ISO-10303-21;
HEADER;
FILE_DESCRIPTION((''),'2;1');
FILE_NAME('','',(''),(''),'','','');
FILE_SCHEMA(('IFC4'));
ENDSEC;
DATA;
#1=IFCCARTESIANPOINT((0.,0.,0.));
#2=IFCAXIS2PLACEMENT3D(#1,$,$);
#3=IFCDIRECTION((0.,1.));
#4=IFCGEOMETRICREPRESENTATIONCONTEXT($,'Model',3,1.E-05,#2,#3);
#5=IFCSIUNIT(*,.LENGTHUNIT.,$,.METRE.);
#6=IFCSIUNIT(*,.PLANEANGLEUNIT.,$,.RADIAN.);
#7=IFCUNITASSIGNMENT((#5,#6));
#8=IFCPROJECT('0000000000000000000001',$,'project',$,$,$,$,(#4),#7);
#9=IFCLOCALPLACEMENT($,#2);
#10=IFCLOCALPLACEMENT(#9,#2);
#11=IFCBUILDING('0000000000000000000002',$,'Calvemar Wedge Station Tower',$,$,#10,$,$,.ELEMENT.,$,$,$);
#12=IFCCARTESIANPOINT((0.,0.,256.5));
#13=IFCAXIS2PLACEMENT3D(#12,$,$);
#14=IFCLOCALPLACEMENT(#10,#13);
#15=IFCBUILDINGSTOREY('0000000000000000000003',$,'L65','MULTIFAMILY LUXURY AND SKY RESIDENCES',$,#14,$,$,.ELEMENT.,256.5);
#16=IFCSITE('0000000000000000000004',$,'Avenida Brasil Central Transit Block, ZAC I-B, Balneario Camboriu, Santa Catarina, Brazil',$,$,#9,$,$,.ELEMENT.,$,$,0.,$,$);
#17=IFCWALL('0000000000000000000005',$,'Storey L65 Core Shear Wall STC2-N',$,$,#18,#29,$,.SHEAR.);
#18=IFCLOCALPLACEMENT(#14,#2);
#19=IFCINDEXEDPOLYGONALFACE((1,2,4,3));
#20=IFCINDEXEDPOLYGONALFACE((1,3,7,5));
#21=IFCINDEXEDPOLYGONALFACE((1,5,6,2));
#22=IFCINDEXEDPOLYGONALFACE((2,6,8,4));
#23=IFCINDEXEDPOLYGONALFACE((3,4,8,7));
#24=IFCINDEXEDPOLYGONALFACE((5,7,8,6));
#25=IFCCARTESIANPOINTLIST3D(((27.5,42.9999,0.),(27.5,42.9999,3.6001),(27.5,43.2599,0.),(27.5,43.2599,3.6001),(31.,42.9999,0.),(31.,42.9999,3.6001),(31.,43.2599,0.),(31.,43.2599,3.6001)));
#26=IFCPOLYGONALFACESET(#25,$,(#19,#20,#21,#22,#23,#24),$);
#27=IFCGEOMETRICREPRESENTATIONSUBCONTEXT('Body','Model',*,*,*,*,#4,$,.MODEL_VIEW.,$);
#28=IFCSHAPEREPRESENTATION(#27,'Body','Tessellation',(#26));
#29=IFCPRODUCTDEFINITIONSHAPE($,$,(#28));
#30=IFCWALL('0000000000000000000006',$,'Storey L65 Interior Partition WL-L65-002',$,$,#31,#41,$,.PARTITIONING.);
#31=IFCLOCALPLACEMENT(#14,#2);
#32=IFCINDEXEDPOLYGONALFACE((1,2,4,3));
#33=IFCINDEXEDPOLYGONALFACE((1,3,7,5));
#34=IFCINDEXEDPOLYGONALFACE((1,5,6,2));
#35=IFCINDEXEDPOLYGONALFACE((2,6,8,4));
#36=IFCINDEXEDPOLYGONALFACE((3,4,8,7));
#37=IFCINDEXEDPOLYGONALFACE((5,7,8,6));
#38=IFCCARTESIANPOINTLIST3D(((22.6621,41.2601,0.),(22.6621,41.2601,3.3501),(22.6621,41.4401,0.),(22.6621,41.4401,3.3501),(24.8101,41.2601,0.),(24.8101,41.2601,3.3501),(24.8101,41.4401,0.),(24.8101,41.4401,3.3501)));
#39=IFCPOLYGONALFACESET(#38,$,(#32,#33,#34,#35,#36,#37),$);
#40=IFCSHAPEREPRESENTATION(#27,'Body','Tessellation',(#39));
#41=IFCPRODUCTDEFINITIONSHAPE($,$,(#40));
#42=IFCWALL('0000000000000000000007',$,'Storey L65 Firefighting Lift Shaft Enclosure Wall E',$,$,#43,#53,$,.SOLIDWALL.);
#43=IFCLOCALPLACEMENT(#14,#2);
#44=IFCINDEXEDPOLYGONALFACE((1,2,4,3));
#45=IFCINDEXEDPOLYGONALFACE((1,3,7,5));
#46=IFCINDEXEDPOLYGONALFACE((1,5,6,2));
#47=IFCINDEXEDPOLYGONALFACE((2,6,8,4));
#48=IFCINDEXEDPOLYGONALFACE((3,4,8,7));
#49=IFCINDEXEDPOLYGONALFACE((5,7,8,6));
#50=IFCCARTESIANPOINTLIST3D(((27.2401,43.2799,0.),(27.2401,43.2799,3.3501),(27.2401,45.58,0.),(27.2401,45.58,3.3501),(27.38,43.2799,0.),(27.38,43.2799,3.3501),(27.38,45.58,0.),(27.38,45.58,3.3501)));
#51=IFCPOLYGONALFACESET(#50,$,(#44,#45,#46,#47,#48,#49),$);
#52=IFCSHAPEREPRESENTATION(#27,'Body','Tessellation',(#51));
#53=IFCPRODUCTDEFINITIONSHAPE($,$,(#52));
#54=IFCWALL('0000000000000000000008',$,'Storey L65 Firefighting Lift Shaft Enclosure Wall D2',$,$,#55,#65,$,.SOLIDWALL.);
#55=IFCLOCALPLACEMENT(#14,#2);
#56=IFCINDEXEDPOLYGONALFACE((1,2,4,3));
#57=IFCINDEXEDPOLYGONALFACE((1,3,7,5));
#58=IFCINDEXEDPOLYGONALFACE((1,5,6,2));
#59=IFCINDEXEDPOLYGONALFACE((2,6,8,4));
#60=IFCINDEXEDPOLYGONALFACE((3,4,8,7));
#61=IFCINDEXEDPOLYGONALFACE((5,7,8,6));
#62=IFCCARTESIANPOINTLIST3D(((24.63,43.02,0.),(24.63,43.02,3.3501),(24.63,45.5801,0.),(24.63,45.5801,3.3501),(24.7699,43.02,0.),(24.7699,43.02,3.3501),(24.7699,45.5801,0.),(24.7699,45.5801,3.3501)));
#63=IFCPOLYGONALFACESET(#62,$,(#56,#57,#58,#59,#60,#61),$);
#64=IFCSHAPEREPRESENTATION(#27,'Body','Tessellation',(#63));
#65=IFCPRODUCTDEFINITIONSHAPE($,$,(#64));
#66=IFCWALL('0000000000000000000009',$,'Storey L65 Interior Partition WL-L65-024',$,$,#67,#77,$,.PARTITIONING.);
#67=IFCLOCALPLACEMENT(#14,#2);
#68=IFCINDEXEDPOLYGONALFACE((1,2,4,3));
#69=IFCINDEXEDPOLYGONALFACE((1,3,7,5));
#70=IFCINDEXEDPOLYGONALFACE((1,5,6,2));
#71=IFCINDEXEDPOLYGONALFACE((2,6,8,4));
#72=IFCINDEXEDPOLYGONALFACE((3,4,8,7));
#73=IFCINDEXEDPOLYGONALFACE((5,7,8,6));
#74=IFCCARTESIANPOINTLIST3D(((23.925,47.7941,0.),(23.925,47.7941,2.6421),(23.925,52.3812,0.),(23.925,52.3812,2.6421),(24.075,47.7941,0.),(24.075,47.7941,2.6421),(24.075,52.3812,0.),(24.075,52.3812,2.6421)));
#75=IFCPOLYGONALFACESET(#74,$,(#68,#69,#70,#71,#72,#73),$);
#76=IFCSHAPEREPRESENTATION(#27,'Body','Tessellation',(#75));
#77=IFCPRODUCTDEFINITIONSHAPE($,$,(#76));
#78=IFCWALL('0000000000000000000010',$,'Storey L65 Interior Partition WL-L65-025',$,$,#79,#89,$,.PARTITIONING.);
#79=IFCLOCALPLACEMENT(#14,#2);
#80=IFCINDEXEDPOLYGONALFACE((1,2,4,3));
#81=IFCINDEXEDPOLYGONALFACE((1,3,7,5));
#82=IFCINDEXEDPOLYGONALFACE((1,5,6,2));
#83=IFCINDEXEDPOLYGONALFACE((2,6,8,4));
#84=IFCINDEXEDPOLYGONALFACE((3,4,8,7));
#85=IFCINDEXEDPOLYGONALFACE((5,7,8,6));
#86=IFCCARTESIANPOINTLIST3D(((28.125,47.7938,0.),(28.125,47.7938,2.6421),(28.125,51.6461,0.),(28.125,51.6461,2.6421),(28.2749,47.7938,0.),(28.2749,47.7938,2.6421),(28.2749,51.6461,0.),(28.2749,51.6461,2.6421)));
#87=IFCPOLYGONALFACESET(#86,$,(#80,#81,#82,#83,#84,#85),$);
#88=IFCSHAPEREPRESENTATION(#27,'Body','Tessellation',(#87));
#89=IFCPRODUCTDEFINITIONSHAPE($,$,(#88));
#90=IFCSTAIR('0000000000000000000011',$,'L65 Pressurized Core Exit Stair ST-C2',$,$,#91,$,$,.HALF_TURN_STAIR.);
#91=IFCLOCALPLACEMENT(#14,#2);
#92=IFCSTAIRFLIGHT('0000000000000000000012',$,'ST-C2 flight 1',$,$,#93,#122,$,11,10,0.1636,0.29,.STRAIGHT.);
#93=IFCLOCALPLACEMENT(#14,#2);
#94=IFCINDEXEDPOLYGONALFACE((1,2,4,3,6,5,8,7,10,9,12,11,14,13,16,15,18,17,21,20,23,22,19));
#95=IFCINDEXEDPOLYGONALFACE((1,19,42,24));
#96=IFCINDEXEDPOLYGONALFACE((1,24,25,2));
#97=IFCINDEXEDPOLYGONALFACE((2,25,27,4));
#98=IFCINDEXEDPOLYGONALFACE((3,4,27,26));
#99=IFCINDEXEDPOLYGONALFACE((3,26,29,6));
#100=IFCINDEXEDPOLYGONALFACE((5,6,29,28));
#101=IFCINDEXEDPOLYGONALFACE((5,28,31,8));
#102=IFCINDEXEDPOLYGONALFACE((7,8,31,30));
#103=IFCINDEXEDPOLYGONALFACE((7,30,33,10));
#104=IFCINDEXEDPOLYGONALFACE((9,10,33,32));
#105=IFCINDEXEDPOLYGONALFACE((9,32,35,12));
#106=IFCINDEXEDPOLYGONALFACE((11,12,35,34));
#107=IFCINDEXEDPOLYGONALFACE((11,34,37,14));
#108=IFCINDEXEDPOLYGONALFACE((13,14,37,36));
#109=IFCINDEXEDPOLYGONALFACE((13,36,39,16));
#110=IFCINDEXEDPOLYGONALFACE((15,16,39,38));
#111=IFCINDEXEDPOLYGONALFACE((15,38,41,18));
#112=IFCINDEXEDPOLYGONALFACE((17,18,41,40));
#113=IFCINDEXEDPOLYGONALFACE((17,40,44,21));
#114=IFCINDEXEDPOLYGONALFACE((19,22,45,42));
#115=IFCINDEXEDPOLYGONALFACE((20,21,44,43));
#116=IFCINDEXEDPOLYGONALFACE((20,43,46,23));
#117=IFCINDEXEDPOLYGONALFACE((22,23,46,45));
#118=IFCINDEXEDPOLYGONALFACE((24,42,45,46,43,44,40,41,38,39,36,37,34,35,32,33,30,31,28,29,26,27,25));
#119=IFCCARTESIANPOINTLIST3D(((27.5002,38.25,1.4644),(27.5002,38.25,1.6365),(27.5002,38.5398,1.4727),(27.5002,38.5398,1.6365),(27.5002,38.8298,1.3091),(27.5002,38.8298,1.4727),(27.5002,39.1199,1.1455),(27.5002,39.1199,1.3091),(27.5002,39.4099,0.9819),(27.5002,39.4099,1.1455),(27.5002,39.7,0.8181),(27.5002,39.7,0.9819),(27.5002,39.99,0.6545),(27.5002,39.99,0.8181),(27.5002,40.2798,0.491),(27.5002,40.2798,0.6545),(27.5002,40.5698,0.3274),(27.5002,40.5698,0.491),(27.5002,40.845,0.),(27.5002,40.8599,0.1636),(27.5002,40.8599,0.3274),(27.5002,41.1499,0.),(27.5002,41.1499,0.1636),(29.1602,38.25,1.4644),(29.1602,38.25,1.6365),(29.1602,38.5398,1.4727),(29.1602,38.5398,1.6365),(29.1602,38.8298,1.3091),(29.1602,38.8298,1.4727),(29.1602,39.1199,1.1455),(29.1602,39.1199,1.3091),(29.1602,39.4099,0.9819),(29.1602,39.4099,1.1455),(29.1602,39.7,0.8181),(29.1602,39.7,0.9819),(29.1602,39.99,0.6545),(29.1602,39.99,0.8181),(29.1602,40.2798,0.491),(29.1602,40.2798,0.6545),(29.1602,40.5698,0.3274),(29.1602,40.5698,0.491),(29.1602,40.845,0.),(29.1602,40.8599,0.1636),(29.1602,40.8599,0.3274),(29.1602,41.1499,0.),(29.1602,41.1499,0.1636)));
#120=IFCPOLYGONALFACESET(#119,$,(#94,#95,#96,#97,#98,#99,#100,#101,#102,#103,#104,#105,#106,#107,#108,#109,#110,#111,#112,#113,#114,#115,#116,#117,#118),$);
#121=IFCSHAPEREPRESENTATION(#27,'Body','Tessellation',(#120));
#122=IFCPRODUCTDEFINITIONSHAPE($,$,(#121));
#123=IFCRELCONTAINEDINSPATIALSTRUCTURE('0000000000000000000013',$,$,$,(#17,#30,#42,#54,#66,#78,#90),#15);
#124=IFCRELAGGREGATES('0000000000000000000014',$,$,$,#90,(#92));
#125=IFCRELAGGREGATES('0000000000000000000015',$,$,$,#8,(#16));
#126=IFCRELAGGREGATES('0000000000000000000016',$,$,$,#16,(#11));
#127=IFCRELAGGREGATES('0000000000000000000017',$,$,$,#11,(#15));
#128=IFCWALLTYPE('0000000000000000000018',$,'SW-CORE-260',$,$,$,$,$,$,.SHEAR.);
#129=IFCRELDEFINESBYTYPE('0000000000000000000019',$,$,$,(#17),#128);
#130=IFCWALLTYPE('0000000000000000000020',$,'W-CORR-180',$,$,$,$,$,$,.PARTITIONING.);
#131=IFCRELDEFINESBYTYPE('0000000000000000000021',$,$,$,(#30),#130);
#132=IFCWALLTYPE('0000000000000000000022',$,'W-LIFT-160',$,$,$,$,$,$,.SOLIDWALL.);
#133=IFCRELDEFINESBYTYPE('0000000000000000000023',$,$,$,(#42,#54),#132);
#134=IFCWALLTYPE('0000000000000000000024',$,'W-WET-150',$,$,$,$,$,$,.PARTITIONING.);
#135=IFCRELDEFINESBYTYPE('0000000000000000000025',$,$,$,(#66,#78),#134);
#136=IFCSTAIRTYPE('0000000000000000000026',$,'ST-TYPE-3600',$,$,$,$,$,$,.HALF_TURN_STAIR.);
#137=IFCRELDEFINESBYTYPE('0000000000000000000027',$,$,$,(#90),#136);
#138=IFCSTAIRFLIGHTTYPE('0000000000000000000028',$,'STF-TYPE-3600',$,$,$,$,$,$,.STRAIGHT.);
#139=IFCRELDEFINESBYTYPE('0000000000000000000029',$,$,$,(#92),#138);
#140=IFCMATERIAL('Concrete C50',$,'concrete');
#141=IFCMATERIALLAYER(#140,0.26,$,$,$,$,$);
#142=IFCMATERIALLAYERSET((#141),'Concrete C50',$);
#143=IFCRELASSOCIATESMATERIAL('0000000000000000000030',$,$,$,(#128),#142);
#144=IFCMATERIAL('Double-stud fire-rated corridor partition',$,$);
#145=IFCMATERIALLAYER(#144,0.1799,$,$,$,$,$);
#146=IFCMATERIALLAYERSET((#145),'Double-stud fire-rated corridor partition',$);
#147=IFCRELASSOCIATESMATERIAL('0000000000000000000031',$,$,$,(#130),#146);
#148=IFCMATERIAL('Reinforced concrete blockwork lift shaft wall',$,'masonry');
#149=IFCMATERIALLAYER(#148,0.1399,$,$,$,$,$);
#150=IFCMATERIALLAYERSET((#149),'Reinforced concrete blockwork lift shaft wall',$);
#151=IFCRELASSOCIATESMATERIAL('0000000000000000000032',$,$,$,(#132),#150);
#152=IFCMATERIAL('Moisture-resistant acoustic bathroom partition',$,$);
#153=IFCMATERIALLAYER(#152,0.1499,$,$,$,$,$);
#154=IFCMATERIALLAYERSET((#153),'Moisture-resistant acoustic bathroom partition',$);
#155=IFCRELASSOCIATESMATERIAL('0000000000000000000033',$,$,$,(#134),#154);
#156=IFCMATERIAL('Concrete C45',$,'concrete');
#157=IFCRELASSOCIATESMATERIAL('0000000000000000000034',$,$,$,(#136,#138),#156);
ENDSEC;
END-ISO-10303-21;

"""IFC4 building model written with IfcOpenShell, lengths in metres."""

from ifc_helpers import new_model, si_unit, direction, frame, frame_2d, origin, place, context, subcontext, project, spatial, polyline, rectangle, outline, extrude, material, layer, layer_set, type_object, element, aggregate, save


model = new_model("IFC4")

# Units and contexts
model_context = context("Model", 3, precision=1e-05, world=origin(), true_north=direction((0.0, 1.0)))
body_context = subcontext(model_context, "Body", "Model", "MODEL_VIEW")
ifc_project = project(units=[si_unit("LENGTHUNIT", "METRE"), si_unit("PLANEANGLEUNIT", "RADIAN")], contexts=[model_context])

# Site, building, storey
site_placement = place(None, origin())
site = spatial("IfcSite", under=ifc_project, at=site_placement, Name="Avenida Brasil Central Transit Block, ZAC I-B, Balneario Camboriu, Santa Catarina, Brazil", CompositionType="ELEMENT", RefElevation=0.0)
building_placement = place(site_placement, origin())
building = spatial("IfcBuilding", under=site, at=building_placement, Name="Calvemar Wedge Station Tower", CompositionType="ELEMENT")
storey_placement = place(building_placement, frame((0.0, 0.0, 256.5)))
storey = spatial("IfcBuildingStorey", under=building, at=storey_placement, Name="L65", Description="MULTIFAMILY LUXURY AND SKY RESIDENCES", CompositionType="ELEMENT", Elevation=256.5)

# Shared definitions
ifc_material_1 = material(Name="Concrete C50", Category="concrete")

# Walls
ifc_layer_1 = layer(ifc_material_1, 0.26)
ifc_layer_set_1 = layer_set([ifc_layer_1], Name="Concrete C50")
wall_type_1 = type_object("IfcWallType", Name="SW-CORE-260", PredefinedType="SHEAR", material=ifc_layer_set_1)
wall_1_placement = place(storey_placement, frame((27.5, 43.1299, 0.0), z_axis=(0.0, 0.0, 1.0), x_axis=(1.0, 0.0, 0.0)))
element("IfcWall", 1, at=wall_1_placement, inside=storey, type_object=wall_type_1, Name="Storey L65 Core Shear Wall STC2-N", PredefinedType="SHEAR", context=body_context, shape_type="SweptSolid", body=[
    extrude(rectangle(XDim=3.5, YDim=0.26, at=frame_2d((1.75, 0.0))), origin(), (0.0, 0.0, 1.0), 3.6001),
])
ifc_material_2 = material(Name="Double-stud fire-rated corridor partition")
ifc_layer_2 = layer(ifc_material_2, 0.1799)
ifc_layer_set_2 = layer_set([ifc_layer_2], Name="Double-stud fire-rated corridor partition")
wall_type_2 = type_object("IfcWallType", Name="W-CORR-180", PredefinedType="PARTITIONING", material=ifc_layer_set_2)
wall_2_placement = place(storey_placement, frame((24.8101, 41.3501, 0.0), z_axis=(0.0, 0.0, 1.0), x_axis=(-1.0, 0.0, 0.0)))
element("IfcWall", 2, at=wall_2_placement, inside=storey, type_object=wall_type_2, Name="Storey L65 Interior Partition WL-L65-002", PredefinedType="PARTITIONING", context=body_context, shape_type="SweptSolid", body=[
    extrude(rectangle(XDim=2.1479, YDim=0.1799, at=frame_2d((1.074, 0.0))), origin(), (0.0, 0.0, 1.0), 3.3501),
])

# Walls
ifc_material_3 = material(Name="Reinforced concrete blockwork lift shaft wall", Category="masonry")
ifc_layer_3 = layer(ifc_material_3, 0.1399)
ifc_layer_set_3 = layer_set([ifc_layer_3], Name="Reinforced concrete blockwork lift shaft wall")
wall_type_3 = type_object("IfcWallType", Name="W-LIFT-160", PredefinedType="SOLIDWALL", material=ifc_layer_set_3)
wall_3_placement = place(storey_placement, frame((27.3101, 43.28, 0.0), z_axis=(0.0, 0.0, 1.0), x_axis=(0.0, 1.0, 0.0)))
element("IfcWall", 3, at=wall_3_placement, inside=storey, type_object=wall_type_3, Name="Storey L65 Firefighting Lift Shaft Enclosure Wall E", PredefinedType="SOLIDWALL", context=body_context, shape_type="SweptSolid", body=[
    extrude(rectangle(XDim=2.3, YDim=0.1399, at=frame_2d((1.1499, 0.0))), origin(), (0.0, 0.0, 1.0), 3.3501),
])
wall_4_placement = place(storey_placement, frame((24.7, 43.02, 0.0), z_axis=(0.0, 0.0, 1.0), x_axis=(0.0, 1.0, 0.0)))
element("IfcWall", 4, at=wall_4_placement, inside=storey, type_object=wall_type_3, Name="Storey L65 Firefighting Lift Shaft Enclosure Wall D2", PredefinedType="SOLIDWALL", context=body_context, shape_type="SweptSolid", body=[
    extrude(rectangle(XDim=2.5601, YDim=0.1399, at=frame_2d((1.28, 0.0))), origin(), (0.0, 0.0, 1.0), 3.3501),
])
ifc_material_4 = material(Name="Moisture-resistant acoustic bathroom partition")
ifc_layer_4 = layer(ifc_material_4, 0.1499)
ifc_layer_set_4 = layer_set([ifc_layer_4], Name="Moisture-resistant acoustic bathroom partition")
wall_type_4 = type_object("IfcWallType", Name="W-WET-150", PredefinedType="PARTITIONING", material=ifc_layer_set_4)
wall_5_placement = place(storey_placement, frame((24.0, 52.3811, 0.0), z_axis=(0.0, 0.0, 1.0), x_axis=(0.0, -1.0, 0.0)))
element("IfcWall", 5, at=wall_5_placement, inside=storey, type_object=wall_type_4, Name="Storey L65 Interior Partition WL-L65-024", PredefinedType="PARTITIONING", context=body_context, shape_type="SweptSolid", body=[
    extrude(rectangle(XDim=4.5872, YDim=0.1499, at=frame_2d((2.2935, 0.0))), origin(), (0.0, 0.0, 1.0), 2.6421),
])
wall_6_placement = place(storey_placement, frame((28.2, 51.6462, 0.0), z_axis=(0.0, 0.0, 1.0), x_axis=(0.0, -1.0, 0.0)))
element("IfcWall", 6, at=wall_6_placement, inside=storey, type_object=wall_type_4, Name="Storey L65 Interior Partition WL-L65-025", PredefinedType="PARTITIONING", context=body_context, shape_type="SweptSolid", body=[
    extrude(rectangle(XDim=3.8523, YDim=0.1499, at=frame_2d((1.9263, 0.0))), origin(), (0.0, 0.0, 1.0), 2.6421),
])

# Stair, stair flight
ifc_material_5 = material(Name="Concrete C45", Category="concrete")
stair_type = type_object("IfcStairType", Name="ST-TYPE-3600", PredefinedType="HALF_TURN_STAIR", material=ifc_material_5)
stair_placement = place(storey_placement, origin())
stair = element("IfcStair", 7, at=stair_placement, inside=storey, type_object=stair_type, Name="L65 Pressurized Core Exit Stair ST-C2", PredefinedType="HALF_TURN_STAIR")
stair_flight_type = type_object("IfcStairFlightType", Name="STF-TYPE-3600", PredefinedType="STRAIGHT", material=ifc_material_5)
stair_flight_placement = place(storey_placement, frame((28.3301, 41.1499, 0.0), z_axis=(0.0, 0.0, 1.0), x_axis=(0.0, -1.0, 0.0)))
stair_flight = element("IfcStairFlight", 8, at=stair_flight_placement, type_object=stair_flight_type, Name="ST-C2 flight 1", NumberOfRisers=11, NumberOfTreads=10, PredefinedType="STRAIGHT", RiserHeight=0.1636, TreadLength=0.29, context=body_context, shape_type="SweptSolid", body=[
    extrude(outline(polyline([(0.0, 0.0), (0.0, 0.1636), (0.29, 0.1636), (0.29, 0.3274), (0.5801, 0.3274), (0.5801, 0.491), (0.8701, 0.491), (0.8701, 0.6545), (1.1599, 0.6545), (1.1599, 0.8181), (1.45, 0.8181), (1.45, 0.9819), (1.74, 0.9819), (1.74, 1.1455), (2.03, 1.1455), (2.03, 1.3091), (2.3201, 1.3091), (2.3201, 1.4727), (2.6101, 1.4727), (2.6101, 1.6365), (2.8999, 1.6365), (2.8999, 1.8), (2.8999, 1.4644), (0.3049, 0.0), (0.0, 0.0)])), frame((0.0, 0.8301, 0.0), z_axis=(0.0, -1.0, 0.0), x_axis=(1.0, 0.0, 0.0)), (0.0, 0.0, 1.0), 1.6599),
])
aggregate(stair, [stair_flight])

save(model, "model.ifc")
